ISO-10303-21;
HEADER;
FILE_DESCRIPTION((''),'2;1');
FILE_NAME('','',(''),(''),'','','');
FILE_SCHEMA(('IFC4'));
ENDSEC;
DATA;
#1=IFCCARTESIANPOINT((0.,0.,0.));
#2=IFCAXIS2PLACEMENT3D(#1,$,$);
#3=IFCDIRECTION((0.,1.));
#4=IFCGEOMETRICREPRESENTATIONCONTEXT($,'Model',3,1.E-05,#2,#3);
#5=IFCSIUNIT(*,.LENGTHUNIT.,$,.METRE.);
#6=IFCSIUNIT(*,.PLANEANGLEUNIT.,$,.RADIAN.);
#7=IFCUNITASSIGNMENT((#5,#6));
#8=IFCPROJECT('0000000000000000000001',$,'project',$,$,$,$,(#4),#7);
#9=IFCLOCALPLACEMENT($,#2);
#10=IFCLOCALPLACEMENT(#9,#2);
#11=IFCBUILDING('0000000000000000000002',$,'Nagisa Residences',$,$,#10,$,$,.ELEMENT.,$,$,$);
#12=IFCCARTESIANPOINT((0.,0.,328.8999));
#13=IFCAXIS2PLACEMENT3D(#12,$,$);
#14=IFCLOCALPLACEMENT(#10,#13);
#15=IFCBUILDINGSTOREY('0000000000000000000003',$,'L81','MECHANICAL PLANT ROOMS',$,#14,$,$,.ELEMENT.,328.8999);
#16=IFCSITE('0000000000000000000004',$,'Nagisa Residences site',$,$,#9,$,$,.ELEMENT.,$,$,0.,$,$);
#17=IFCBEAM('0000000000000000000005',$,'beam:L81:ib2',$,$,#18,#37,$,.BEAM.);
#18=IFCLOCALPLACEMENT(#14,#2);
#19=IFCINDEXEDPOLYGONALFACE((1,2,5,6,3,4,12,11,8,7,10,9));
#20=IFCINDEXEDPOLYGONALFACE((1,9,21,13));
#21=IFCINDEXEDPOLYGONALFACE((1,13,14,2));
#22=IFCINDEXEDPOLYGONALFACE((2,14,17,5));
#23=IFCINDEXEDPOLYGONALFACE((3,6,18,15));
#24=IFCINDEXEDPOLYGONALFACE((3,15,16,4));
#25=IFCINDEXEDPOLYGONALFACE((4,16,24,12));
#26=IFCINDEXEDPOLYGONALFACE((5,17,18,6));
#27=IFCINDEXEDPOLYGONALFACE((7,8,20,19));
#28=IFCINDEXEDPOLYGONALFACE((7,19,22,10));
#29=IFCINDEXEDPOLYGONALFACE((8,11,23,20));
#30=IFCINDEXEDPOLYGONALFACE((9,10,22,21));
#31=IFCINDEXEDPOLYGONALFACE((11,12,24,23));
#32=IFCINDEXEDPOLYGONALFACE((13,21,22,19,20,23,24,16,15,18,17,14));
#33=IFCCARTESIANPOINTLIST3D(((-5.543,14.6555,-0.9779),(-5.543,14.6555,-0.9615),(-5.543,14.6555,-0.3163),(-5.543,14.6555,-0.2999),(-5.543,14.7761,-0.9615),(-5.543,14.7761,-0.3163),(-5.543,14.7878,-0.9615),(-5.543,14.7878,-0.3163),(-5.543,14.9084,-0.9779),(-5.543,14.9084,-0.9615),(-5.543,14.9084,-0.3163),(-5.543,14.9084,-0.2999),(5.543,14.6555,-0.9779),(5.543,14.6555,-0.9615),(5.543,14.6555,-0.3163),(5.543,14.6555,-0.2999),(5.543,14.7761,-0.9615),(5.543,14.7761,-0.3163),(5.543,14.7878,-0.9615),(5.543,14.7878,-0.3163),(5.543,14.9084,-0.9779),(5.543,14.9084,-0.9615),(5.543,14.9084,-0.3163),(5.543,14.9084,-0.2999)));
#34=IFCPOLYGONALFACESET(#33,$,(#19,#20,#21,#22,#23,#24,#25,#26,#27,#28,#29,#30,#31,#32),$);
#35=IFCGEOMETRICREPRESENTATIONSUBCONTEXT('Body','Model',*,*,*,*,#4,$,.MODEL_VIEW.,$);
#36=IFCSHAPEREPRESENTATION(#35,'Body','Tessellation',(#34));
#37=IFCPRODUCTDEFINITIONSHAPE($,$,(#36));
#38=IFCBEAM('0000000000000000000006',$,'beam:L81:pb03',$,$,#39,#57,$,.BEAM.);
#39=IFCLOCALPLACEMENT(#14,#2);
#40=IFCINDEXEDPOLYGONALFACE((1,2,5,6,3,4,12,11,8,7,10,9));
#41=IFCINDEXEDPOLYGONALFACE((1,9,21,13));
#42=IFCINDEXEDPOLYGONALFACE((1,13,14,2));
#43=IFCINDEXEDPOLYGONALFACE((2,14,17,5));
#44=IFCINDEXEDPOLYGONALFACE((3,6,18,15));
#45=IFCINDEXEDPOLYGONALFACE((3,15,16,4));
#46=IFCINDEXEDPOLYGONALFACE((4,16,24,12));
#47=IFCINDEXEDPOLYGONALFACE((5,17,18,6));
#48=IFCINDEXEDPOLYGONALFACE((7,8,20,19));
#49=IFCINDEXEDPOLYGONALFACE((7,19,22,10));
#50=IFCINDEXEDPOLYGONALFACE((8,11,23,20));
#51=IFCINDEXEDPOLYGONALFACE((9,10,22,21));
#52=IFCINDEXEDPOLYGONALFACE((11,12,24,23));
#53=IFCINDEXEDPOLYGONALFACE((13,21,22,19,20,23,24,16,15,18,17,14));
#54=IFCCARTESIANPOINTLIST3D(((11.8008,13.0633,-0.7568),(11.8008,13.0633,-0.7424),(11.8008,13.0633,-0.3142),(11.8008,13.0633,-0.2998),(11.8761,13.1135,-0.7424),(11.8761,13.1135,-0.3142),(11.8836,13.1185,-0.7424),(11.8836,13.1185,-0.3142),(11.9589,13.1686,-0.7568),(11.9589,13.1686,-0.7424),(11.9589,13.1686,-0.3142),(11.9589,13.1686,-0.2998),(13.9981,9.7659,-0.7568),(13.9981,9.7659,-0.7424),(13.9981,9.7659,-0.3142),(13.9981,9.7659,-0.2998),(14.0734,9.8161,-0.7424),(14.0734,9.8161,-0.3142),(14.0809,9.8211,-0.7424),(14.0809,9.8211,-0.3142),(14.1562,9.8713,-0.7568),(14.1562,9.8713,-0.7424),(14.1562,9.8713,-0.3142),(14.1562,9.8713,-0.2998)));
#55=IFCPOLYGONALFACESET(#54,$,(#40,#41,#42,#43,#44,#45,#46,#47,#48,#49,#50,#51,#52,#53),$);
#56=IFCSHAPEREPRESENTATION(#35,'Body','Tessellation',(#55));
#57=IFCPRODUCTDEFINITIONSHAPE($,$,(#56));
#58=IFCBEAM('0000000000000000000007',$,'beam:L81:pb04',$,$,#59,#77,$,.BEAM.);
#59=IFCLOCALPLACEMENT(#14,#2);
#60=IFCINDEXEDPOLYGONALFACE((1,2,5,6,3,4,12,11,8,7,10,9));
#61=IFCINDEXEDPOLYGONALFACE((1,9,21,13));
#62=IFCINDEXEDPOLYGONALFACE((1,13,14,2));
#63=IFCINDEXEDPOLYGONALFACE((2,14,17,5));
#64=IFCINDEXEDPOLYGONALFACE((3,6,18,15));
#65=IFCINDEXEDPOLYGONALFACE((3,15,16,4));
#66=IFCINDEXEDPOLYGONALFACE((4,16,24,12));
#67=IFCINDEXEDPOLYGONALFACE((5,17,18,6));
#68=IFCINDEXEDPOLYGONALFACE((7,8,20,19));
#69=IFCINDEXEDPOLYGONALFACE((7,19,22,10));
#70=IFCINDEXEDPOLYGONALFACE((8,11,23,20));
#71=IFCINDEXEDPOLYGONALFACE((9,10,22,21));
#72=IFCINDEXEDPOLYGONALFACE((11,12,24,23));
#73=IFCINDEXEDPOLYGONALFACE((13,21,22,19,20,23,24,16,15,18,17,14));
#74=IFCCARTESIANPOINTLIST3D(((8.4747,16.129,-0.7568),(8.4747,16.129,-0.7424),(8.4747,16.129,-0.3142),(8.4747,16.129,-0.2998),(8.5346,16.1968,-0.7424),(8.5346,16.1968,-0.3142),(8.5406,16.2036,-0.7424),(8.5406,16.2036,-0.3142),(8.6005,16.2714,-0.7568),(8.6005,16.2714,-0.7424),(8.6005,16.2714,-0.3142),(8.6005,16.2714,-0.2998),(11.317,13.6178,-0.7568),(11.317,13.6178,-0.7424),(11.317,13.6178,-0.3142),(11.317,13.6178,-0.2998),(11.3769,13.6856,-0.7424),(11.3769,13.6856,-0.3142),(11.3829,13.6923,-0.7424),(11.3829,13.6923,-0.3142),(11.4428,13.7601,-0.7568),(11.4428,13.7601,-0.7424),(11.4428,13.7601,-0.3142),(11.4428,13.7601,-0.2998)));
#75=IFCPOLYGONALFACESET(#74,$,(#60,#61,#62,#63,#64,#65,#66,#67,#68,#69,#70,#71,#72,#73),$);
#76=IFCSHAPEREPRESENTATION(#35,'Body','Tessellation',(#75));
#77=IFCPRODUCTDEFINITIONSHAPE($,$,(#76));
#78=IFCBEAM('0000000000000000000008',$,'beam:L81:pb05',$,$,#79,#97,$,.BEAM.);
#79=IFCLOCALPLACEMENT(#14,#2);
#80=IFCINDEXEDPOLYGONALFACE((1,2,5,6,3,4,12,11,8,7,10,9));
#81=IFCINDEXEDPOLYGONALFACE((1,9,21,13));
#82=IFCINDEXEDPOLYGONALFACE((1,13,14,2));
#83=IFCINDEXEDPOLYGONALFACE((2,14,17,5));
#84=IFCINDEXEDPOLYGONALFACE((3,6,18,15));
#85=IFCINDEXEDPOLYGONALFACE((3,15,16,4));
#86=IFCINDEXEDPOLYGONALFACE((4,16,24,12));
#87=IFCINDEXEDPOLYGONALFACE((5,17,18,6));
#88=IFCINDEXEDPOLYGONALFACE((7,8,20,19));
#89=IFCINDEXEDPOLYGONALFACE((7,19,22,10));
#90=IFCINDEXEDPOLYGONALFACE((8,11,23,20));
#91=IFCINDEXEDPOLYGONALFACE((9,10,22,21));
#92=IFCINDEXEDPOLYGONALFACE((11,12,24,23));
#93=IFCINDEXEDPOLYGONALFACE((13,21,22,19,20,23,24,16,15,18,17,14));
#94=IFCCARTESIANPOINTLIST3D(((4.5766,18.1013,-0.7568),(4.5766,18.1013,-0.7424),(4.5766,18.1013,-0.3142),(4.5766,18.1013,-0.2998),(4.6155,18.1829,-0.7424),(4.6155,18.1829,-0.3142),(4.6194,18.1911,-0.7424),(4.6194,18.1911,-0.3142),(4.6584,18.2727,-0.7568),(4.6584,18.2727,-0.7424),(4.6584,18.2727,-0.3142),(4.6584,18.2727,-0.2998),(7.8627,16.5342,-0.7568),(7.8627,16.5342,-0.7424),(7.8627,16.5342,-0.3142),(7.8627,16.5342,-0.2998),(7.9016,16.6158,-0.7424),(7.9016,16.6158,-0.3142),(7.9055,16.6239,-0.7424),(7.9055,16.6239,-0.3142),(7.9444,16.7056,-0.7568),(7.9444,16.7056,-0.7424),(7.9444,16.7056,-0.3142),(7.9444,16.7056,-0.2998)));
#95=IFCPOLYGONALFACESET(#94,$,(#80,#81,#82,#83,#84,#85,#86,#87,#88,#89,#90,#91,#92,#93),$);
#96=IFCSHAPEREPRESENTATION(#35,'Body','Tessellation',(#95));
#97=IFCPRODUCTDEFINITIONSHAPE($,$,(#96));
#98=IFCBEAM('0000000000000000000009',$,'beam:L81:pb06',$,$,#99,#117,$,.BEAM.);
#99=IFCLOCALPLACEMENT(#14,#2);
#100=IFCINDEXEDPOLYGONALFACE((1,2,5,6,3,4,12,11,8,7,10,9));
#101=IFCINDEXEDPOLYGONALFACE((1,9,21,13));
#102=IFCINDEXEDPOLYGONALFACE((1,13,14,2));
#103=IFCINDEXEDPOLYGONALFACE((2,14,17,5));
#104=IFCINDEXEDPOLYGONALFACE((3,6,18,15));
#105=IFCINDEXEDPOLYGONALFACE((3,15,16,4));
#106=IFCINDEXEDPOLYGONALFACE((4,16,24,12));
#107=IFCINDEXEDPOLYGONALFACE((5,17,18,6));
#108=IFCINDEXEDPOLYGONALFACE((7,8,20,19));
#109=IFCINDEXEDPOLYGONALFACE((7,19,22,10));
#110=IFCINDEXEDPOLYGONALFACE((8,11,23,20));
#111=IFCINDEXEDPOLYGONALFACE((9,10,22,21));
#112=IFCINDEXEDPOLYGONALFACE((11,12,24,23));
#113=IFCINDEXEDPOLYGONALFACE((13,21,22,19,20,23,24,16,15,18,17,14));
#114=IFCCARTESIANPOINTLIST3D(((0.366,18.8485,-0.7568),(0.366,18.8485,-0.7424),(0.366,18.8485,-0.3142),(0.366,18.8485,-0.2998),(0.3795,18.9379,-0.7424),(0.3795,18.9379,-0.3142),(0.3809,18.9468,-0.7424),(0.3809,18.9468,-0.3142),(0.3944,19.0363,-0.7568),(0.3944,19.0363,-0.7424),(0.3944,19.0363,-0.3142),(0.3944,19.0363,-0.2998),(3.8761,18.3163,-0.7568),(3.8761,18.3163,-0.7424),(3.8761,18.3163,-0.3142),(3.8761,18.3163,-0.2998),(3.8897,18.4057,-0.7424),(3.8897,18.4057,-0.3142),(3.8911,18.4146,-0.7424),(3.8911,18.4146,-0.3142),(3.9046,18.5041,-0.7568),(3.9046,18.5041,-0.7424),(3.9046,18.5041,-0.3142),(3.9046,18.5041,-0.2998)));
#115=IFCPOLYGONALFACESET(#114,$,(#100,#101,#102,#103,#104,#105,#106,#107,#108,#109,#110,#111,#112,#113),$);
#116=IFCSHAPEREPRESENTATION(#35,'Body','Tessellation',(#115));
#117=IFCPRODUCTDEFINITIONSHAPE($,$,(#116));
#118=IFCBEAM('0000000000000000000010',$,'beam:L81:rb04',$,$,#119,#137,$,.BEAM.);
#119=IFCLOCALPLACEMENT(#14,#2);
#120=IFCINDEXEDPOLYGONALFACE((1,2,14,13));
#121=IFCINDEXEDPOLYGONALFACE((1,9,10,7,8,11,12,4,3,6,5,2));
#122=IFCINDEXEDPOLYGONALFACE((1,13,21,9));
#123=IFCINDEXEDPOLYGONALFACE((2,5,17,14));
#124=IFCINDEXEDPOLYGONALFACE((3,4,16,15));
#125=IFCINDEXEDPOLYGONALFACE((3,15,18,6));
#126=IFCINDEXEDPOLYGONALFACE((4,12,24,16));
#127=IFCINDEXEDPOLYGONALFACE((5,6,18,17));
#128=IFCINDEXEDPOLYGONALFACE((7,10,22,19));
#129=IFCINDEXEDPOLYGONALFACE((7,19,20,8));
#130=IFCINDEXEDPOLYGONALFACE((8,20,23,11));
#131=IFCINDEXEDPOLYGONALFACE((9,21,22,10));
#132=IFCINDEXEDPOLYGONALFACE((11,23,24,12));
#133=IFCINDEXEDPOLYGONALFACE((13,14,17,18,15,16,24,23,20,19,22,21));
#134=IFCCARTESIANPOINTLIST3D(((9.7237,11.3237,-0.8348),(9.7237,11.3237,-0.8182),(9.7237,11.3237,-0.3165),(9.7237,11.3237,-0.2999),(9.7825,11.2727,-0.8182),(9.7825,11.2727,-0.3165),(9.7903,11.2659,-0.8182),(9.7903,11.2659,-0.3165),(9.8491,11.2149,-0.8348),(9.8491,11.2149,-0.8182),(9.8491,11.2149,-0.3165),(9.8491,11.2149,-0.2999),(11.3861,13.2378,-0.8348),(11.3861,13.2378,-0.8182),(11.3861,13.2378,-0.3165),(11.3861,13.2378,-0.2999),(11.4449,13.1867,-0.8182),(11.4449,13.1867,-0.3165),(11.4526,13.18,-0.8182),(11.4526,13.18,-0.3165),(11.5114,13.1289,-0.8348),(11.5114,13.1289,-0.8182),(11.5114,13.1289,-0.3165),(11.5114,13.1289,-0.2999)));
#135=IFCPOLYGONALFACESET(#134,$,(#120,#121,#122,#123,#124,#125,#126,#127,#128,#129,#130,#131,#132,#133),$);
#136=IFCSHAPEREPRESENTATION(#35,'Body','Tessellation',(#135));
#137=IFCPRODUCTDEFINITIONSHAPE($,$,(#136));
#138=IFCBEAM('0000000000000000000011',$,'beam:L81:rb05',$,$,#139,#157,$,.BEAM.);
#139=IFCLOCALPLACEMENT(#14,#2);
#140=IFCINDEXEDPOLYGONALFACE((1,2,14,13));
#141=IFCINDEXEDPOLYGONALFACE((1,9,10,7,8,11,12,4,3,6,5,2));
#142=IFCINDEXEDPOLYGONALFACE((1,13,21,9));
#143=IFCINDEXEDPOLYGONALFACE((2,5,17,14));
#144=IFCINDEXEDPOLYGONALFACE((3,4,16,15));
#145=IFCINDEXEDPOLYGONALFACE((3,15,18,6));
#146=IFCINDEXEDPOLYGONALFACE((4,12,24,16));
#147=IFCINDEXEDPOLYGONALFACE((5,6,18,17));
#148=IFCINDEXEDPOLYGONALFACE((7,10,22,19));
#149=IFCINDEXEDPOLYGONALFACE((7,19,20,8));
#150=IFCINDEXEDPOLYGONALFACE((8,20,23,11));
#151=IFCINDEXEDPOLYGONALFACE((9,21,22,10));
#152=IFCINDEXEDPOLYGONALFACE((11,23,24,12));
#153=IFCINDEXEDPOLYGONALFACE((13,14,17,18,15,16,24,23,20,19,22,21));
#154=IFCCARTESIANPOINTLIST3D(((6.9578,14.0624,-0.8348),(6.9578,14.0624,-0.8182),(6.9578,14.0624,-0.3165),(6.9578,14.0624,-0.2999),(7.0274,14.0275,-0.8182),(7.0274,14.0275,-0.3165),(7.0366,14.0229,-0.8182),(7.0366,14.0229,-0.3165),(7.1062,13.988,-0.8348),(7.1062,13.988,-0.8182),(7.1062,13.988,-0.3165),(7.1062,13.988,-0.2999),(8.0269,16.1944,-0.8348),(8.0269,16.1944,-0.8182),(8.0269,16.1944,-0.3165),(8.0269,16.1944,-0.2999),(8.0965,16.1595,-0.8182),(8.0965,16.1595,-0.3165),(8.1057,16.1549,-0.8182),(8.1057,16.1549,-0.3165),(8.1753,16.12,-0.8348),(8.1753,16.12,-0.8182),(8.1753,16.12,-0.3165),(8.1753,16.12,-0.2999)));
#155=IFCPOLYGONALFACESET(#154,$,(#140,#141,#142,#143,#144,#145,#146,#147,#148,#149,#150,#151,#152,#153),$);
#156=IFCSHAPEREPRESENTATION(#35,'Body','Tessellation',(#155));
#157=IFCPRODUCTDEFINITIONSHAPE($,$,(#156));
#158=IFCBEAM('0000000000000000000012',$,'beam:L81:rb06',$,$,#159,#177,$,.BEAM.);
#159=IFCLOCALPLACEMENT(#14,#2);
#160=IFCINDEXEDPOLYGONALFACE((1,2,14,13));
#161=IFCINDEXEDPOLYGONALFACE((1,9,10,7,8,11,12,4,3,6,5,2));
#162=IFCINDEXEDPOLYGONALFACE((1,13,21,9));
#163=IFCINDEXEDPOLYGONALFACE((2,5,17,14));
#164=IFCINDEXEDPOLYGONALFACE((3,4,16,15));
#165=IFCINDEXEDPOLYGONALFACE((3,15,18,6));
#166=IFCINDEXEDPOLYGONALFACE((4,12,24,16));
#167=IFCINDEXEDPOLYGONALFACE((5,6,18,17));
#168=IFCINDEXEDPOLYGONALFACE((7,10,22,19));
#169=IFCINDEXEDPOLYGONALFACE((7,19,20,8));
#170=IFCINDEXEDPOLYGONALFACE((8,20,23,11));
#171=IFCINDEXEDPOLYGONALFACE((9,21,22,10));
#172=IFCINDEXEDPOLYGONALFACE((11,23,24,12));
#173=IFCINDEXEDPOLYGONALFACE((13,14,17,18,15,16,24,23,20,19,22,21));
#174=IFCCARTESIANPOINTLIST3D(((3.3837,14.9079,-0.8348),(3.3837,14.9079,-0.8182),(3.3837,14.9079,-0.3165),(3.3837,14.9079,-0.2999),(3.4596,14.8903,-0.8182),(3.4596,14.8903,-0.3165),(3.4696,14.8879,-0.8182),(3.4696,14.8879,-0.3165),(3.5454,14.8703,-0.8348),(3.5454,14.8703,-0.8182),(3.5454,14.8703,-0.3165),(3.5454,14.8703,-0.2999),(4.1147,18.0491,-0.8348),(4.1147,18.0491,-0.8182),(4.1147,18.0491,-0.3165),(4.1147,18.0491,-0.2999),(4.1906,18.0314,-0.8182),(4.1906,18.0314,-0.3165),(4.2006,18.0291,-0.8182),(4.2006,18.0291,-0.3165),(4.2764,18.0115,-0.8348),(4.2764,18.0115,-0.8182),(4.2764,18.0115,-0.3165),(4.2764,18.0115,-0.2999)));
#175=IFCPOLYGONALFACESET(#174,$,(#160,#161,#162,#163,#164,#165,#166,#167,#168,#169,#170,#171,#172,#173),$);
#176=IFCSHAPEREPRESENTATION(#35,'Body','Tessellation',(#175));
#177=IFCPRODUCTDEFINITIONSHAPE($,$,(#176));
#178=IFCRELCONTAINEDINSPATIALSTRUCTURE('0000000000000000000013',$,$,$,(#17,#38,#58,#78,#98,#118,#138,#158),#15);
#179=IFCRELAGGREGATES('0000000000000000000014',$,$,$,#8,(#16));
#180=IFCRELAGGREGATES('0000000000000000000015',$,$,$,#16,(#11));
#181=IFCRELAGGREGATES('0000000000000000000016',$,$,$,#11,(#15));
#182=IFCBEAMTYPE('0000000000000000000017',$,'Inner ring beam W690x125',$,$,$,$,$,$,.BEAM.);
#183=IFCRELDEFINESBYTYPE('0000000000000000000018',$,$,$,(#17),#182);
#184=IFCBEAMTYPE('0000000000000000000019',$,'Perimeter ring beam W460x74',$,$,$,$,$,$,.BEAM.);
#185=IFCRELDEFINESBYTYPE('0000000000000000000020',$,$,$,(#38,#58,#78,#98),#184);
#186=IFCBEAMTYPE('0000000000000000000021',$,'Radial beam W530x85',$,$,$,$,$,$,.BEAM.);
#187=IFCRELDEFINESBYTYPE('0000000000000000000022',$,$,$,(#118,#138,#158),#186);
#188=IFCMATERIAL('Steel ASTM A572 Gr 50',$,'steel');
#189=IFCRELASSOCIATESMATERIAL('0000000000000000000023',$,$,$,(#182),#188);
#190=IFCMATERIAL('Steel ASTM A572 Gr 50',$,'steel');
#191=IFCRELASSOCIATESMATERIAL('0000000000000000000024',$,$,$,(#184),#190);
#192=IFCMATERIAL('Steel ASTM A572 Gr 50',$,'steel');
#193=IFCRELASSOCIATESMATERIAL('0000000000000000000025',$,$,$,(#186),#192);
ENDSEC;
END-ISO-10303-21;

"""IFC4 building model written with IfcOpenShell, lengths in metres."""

from ifc_helpers import new_model, si_unit, direction, frame, origin, origin_2d, place, context, subcontext, project, spatial, i_section, extrude, material, material_profile, profile_set, type_object, element, save


model = new_model("IFC4")

# Units and contexts
model_context = context("Model", 3, precision=1e-05, world=origin(), true_north=direction((0.0, 1.0)))
body_context = subcontext(model_context, "Body", "Model", "MODEL_VIEW")
ifc_project = project(units=[si_unit("LENGTHUNIT", "METRE"), si_unit("PLANEANGLEUNIT", "RADIAN")], contexts=[model_context])

# Site, building, storey
site_placement = place(None, origin())
site = spatial("IfcSite", under=ifc_project, at=site_placement, Name="Nagisa Residences site", CompositionType="ELEMENT", RefElevation=0.0)
building_placement = place(site_placement, origin())
building = spatial("IfcBuilding", under=site, at=building_placement, Name="Nagisa Residences", CompositionType="ELEMENT")
storey_placement = place(building_placement, frame((0.0, 0.0, 328.8999)))
storey = spatial("IfcBuildingStorey", under=building, at=storey_placement, Name="L81", Description="MECHANICAL PLANT ROOMS", CompositionType="ELEMENT", Elevation=328.8999)

# Beams
ifc_material_1 = material(Name="Steel ASTM A572 Gr 50", Category="steel")
ifc_material_profile_1 = material_profile(ifc_material_1, i_section(OverallWidth=0.2529, OverallDepth=0.678, WebThickness=0.0117, FlangeThickness=0.0164, at=origin_2d()), Name="W690x125")
ifc_profile_set_1 = profile_set([ifc_material_profile_1], Name="Steel ASTM A572 Gr 50")
beam_type_1 = type_object("IfcBeamType", Name="Inner ring beam W690x125", PredefinedType="BEAM", material=ifc_profile_set_1)
beam_1_placement = place(storey_placement, frame((5.543, 14.782, -0.6389), z_axis=(-1.0, 0.0, 0.0), x_axis=(0.0, -1.0, 0.0)))
element("IfcBeam", 1, at=beam_1_placement, inside=storey, type_object=beam_type_1, Name="beam:L81:ib2", PredefinedType="BEAM", context=body_context, shape_type="SweptSolid", body=[
    extrude(i_section(OverallWidth=0.2529, OverallDepth=0.678, WebThickness=0.0117, FlangeThickness=0.0164, at=origin_2d()), origin(), (0.0, 0.0, 1.0), 11.0859),
])
ifc_material_2 = material(Name="Steel ASTM A572 Gr 50", Category="steel")
ifc_material_profile_2 = material_profile(ifc_material_2, i_section(OverallWidth=0.1899, OverallDepth=0.457, WebThickness=0.009, FlangeThickness=0.0144, at=origin_2d()), Name="W460x74")
ifc_profile_set_2 = profile_set([ifc_material_profile_2], Name="Steel ASTM A572 Gr 50")
beam_type_2 = type_object("IfcBeamType", Name="Perimeter ring beam W460x74", PredefinedType="BEAM", material=ifc_profile_set_2)
beam_2_placement = place(storey_placement, frame((14.0771, 9.8186, -0.5283), z_axis=(-0.55453, 0.832164, 0.0), x_axis=(-0.832164, -0.55453, 0.0)))
element("IfcBeam", 2, at=beam_2_placement, inside=storey, type_object=beam_type_2, Name="beam:L81:pb03", PredefinedType="BEAM", context=body_context, shape_type="SweptSolid", body=[
    extrude(i_section(OverallWidth=0.1899, OverallDepth=0.457, WebThickness=0.009, FlangeThickness=0.0144, at=origin_2d()), origin(), (0.0, 0.0, 1.0), 3.9624),
])
beam_3_placement = place(storey_placement, frame((11.3799, 13.689, -0.5283), z_axis=(-0.749402, 0.662115, 0.0), x_axis=(-0.662115, -0.749402, 0.0)))
element("IfcBeam", 3, at=beam_3_placement, inside=storey, type_object=beam_type_2, Name="beam:L81:pb04", PredefinedType="BEAM", context=body_context, shape_type="SweptSolid", body=[
    extrude(i_section(OverallWidth=0.1899, OverallDepth=0.457, WebThickness=0.009, FlangeThickness=0.0144, at=origin_2d()), origin(), (0.0, 0.0, 1.0), 3.7927),
])
beam_4_placement = place(storey_placement, frame((7.9036, 16.6199, -0.5283), z_axis=(-0.902614, 0.430452, 0.0), x_axis=(-0.430452, -0.902614, 0.0)))
element("IfcBeam", 4, at=beam_4_placement, inside=storey, type_object=beam_type_2, Name="beam:L81:pb05", PredefinedType="BEAM", context=body_context, shape_type="SweptSolid", body=[
    extrude(i_section(OverallWidth=0.1899, OverallDepth=0.457, WebThickness=0.009, FlangeThickness=0.0144, at=origin_2d()), origin(), (0.0, 0.0, 1.0), 3.6406),
])
beam_5_placement = place(storey_placement, frame((3.8904, 18.4102, -0.5283), z_axis=(-0.9887, 0.149907, 0.0), x_axis=(-0.149907, -0.9887, 0.0)))
element("IfcBeam", 5, at=beam_5_placement, inside=storey, type_object=beam_type_2, Name="beam:L81:pb06", PredefinedType="BEAM", context=body_context, shape_type="SweptSolid", body=[
    extrude(i_section(OverallWidth=0.1899, OverallDepth=0.457, WebThickness=0.009, FlangeThickness=0.0144, at=origin_2d()), origin(), (0.0, 0.0, 1.0), 3.5503),
])
ifc_material_3 = material(Name="Steel ASTM A572 Gr 50", Category="steel")
ifc_material_profile_3 = material_profile(ifc_material_3, i_section(OverallWidth=0.166, OverallDepth=0.5349, WebThickness=0.0103, FlangeThickness=0.0166, at=origin_2d()), Name="W530x85")
ifc_profile_set_3 = profile_set([ifc_material_profile_3], Name="Steel ASTM A572 Gr 50")
beam_type_3 = type_object("IfcBeamType", Name="Radial beam W530x85", PredefinedType="BEAM", material=ifc_profile_set_3)
beam_6_placement = place(storey_placement, frame((11.4487, 13.1833, -0.5674), z_axis=(-0.655718, -0.755006, 0.0), x_axis=(0.755006, -0.655718, 0.0)))
element("IfcBeam", 6, at=beam_6_placement, inside=storey, type_object=beam_type_3, Name="beam:L81:rb04", PredefinedType="BEAM", context=body_context, shape_type="SweptSolid", body=[
    extrude(i_section(OverallWidth=0.166, OverallDepth=0.5349, WebThickness=0.0103, FlangeThickness=0.0166, at=origin_2d()), origin(), (0.0, 0.0, 1.0), 2.5352),
])
beam_7_placement = place(storey_placement, frame((8.1011, 16.1572, -0.5674), z_axis=(-0.448237, -0.893915, 0.0), x_axis=(0.893915, -0.448237, 0.0)))
element("IfcBeam", 7, at=beam_7_placement, inside=storey, type_object=beam_type_3, Name="beam:L81:rb05", PredefinedType="BEAM", context=body_context, shape_type="SweptSolid", body=[
    extrude(i_section(OverallWidth=0.166, OverallDepth=0.5349, WebThickness=0.0103, FlangeThickness=0.0166, at=origin_2d()), origin(), (0.0, 0.0, 1.0), 2.385),
])
beam_8_placement = place(storey_placement, frame((4.1956, 18.0303, -0.5674), z_axis=(-0.22665, -0.973976, 0.0), x_axis=(0.973976, -0.22665, 0.0)))
element("IfcBeam", 8, at=beam_8_placement, inside=storey, type_object=beam_type_3, Name="beam:L81:rb06", PredefinedType="BEAM", context=body_context, shape_type="SweptSolid", body=[
    extrude(i_section(OverallWidth=0.166, OverallDepth=0.5349, WebThickness=0.0103, FlangeThickness=0.0166, at=origin_2d()), origin(), (0.0, 0.0, 1.0), 3.2251),
])

save(model, "model.ifc")
